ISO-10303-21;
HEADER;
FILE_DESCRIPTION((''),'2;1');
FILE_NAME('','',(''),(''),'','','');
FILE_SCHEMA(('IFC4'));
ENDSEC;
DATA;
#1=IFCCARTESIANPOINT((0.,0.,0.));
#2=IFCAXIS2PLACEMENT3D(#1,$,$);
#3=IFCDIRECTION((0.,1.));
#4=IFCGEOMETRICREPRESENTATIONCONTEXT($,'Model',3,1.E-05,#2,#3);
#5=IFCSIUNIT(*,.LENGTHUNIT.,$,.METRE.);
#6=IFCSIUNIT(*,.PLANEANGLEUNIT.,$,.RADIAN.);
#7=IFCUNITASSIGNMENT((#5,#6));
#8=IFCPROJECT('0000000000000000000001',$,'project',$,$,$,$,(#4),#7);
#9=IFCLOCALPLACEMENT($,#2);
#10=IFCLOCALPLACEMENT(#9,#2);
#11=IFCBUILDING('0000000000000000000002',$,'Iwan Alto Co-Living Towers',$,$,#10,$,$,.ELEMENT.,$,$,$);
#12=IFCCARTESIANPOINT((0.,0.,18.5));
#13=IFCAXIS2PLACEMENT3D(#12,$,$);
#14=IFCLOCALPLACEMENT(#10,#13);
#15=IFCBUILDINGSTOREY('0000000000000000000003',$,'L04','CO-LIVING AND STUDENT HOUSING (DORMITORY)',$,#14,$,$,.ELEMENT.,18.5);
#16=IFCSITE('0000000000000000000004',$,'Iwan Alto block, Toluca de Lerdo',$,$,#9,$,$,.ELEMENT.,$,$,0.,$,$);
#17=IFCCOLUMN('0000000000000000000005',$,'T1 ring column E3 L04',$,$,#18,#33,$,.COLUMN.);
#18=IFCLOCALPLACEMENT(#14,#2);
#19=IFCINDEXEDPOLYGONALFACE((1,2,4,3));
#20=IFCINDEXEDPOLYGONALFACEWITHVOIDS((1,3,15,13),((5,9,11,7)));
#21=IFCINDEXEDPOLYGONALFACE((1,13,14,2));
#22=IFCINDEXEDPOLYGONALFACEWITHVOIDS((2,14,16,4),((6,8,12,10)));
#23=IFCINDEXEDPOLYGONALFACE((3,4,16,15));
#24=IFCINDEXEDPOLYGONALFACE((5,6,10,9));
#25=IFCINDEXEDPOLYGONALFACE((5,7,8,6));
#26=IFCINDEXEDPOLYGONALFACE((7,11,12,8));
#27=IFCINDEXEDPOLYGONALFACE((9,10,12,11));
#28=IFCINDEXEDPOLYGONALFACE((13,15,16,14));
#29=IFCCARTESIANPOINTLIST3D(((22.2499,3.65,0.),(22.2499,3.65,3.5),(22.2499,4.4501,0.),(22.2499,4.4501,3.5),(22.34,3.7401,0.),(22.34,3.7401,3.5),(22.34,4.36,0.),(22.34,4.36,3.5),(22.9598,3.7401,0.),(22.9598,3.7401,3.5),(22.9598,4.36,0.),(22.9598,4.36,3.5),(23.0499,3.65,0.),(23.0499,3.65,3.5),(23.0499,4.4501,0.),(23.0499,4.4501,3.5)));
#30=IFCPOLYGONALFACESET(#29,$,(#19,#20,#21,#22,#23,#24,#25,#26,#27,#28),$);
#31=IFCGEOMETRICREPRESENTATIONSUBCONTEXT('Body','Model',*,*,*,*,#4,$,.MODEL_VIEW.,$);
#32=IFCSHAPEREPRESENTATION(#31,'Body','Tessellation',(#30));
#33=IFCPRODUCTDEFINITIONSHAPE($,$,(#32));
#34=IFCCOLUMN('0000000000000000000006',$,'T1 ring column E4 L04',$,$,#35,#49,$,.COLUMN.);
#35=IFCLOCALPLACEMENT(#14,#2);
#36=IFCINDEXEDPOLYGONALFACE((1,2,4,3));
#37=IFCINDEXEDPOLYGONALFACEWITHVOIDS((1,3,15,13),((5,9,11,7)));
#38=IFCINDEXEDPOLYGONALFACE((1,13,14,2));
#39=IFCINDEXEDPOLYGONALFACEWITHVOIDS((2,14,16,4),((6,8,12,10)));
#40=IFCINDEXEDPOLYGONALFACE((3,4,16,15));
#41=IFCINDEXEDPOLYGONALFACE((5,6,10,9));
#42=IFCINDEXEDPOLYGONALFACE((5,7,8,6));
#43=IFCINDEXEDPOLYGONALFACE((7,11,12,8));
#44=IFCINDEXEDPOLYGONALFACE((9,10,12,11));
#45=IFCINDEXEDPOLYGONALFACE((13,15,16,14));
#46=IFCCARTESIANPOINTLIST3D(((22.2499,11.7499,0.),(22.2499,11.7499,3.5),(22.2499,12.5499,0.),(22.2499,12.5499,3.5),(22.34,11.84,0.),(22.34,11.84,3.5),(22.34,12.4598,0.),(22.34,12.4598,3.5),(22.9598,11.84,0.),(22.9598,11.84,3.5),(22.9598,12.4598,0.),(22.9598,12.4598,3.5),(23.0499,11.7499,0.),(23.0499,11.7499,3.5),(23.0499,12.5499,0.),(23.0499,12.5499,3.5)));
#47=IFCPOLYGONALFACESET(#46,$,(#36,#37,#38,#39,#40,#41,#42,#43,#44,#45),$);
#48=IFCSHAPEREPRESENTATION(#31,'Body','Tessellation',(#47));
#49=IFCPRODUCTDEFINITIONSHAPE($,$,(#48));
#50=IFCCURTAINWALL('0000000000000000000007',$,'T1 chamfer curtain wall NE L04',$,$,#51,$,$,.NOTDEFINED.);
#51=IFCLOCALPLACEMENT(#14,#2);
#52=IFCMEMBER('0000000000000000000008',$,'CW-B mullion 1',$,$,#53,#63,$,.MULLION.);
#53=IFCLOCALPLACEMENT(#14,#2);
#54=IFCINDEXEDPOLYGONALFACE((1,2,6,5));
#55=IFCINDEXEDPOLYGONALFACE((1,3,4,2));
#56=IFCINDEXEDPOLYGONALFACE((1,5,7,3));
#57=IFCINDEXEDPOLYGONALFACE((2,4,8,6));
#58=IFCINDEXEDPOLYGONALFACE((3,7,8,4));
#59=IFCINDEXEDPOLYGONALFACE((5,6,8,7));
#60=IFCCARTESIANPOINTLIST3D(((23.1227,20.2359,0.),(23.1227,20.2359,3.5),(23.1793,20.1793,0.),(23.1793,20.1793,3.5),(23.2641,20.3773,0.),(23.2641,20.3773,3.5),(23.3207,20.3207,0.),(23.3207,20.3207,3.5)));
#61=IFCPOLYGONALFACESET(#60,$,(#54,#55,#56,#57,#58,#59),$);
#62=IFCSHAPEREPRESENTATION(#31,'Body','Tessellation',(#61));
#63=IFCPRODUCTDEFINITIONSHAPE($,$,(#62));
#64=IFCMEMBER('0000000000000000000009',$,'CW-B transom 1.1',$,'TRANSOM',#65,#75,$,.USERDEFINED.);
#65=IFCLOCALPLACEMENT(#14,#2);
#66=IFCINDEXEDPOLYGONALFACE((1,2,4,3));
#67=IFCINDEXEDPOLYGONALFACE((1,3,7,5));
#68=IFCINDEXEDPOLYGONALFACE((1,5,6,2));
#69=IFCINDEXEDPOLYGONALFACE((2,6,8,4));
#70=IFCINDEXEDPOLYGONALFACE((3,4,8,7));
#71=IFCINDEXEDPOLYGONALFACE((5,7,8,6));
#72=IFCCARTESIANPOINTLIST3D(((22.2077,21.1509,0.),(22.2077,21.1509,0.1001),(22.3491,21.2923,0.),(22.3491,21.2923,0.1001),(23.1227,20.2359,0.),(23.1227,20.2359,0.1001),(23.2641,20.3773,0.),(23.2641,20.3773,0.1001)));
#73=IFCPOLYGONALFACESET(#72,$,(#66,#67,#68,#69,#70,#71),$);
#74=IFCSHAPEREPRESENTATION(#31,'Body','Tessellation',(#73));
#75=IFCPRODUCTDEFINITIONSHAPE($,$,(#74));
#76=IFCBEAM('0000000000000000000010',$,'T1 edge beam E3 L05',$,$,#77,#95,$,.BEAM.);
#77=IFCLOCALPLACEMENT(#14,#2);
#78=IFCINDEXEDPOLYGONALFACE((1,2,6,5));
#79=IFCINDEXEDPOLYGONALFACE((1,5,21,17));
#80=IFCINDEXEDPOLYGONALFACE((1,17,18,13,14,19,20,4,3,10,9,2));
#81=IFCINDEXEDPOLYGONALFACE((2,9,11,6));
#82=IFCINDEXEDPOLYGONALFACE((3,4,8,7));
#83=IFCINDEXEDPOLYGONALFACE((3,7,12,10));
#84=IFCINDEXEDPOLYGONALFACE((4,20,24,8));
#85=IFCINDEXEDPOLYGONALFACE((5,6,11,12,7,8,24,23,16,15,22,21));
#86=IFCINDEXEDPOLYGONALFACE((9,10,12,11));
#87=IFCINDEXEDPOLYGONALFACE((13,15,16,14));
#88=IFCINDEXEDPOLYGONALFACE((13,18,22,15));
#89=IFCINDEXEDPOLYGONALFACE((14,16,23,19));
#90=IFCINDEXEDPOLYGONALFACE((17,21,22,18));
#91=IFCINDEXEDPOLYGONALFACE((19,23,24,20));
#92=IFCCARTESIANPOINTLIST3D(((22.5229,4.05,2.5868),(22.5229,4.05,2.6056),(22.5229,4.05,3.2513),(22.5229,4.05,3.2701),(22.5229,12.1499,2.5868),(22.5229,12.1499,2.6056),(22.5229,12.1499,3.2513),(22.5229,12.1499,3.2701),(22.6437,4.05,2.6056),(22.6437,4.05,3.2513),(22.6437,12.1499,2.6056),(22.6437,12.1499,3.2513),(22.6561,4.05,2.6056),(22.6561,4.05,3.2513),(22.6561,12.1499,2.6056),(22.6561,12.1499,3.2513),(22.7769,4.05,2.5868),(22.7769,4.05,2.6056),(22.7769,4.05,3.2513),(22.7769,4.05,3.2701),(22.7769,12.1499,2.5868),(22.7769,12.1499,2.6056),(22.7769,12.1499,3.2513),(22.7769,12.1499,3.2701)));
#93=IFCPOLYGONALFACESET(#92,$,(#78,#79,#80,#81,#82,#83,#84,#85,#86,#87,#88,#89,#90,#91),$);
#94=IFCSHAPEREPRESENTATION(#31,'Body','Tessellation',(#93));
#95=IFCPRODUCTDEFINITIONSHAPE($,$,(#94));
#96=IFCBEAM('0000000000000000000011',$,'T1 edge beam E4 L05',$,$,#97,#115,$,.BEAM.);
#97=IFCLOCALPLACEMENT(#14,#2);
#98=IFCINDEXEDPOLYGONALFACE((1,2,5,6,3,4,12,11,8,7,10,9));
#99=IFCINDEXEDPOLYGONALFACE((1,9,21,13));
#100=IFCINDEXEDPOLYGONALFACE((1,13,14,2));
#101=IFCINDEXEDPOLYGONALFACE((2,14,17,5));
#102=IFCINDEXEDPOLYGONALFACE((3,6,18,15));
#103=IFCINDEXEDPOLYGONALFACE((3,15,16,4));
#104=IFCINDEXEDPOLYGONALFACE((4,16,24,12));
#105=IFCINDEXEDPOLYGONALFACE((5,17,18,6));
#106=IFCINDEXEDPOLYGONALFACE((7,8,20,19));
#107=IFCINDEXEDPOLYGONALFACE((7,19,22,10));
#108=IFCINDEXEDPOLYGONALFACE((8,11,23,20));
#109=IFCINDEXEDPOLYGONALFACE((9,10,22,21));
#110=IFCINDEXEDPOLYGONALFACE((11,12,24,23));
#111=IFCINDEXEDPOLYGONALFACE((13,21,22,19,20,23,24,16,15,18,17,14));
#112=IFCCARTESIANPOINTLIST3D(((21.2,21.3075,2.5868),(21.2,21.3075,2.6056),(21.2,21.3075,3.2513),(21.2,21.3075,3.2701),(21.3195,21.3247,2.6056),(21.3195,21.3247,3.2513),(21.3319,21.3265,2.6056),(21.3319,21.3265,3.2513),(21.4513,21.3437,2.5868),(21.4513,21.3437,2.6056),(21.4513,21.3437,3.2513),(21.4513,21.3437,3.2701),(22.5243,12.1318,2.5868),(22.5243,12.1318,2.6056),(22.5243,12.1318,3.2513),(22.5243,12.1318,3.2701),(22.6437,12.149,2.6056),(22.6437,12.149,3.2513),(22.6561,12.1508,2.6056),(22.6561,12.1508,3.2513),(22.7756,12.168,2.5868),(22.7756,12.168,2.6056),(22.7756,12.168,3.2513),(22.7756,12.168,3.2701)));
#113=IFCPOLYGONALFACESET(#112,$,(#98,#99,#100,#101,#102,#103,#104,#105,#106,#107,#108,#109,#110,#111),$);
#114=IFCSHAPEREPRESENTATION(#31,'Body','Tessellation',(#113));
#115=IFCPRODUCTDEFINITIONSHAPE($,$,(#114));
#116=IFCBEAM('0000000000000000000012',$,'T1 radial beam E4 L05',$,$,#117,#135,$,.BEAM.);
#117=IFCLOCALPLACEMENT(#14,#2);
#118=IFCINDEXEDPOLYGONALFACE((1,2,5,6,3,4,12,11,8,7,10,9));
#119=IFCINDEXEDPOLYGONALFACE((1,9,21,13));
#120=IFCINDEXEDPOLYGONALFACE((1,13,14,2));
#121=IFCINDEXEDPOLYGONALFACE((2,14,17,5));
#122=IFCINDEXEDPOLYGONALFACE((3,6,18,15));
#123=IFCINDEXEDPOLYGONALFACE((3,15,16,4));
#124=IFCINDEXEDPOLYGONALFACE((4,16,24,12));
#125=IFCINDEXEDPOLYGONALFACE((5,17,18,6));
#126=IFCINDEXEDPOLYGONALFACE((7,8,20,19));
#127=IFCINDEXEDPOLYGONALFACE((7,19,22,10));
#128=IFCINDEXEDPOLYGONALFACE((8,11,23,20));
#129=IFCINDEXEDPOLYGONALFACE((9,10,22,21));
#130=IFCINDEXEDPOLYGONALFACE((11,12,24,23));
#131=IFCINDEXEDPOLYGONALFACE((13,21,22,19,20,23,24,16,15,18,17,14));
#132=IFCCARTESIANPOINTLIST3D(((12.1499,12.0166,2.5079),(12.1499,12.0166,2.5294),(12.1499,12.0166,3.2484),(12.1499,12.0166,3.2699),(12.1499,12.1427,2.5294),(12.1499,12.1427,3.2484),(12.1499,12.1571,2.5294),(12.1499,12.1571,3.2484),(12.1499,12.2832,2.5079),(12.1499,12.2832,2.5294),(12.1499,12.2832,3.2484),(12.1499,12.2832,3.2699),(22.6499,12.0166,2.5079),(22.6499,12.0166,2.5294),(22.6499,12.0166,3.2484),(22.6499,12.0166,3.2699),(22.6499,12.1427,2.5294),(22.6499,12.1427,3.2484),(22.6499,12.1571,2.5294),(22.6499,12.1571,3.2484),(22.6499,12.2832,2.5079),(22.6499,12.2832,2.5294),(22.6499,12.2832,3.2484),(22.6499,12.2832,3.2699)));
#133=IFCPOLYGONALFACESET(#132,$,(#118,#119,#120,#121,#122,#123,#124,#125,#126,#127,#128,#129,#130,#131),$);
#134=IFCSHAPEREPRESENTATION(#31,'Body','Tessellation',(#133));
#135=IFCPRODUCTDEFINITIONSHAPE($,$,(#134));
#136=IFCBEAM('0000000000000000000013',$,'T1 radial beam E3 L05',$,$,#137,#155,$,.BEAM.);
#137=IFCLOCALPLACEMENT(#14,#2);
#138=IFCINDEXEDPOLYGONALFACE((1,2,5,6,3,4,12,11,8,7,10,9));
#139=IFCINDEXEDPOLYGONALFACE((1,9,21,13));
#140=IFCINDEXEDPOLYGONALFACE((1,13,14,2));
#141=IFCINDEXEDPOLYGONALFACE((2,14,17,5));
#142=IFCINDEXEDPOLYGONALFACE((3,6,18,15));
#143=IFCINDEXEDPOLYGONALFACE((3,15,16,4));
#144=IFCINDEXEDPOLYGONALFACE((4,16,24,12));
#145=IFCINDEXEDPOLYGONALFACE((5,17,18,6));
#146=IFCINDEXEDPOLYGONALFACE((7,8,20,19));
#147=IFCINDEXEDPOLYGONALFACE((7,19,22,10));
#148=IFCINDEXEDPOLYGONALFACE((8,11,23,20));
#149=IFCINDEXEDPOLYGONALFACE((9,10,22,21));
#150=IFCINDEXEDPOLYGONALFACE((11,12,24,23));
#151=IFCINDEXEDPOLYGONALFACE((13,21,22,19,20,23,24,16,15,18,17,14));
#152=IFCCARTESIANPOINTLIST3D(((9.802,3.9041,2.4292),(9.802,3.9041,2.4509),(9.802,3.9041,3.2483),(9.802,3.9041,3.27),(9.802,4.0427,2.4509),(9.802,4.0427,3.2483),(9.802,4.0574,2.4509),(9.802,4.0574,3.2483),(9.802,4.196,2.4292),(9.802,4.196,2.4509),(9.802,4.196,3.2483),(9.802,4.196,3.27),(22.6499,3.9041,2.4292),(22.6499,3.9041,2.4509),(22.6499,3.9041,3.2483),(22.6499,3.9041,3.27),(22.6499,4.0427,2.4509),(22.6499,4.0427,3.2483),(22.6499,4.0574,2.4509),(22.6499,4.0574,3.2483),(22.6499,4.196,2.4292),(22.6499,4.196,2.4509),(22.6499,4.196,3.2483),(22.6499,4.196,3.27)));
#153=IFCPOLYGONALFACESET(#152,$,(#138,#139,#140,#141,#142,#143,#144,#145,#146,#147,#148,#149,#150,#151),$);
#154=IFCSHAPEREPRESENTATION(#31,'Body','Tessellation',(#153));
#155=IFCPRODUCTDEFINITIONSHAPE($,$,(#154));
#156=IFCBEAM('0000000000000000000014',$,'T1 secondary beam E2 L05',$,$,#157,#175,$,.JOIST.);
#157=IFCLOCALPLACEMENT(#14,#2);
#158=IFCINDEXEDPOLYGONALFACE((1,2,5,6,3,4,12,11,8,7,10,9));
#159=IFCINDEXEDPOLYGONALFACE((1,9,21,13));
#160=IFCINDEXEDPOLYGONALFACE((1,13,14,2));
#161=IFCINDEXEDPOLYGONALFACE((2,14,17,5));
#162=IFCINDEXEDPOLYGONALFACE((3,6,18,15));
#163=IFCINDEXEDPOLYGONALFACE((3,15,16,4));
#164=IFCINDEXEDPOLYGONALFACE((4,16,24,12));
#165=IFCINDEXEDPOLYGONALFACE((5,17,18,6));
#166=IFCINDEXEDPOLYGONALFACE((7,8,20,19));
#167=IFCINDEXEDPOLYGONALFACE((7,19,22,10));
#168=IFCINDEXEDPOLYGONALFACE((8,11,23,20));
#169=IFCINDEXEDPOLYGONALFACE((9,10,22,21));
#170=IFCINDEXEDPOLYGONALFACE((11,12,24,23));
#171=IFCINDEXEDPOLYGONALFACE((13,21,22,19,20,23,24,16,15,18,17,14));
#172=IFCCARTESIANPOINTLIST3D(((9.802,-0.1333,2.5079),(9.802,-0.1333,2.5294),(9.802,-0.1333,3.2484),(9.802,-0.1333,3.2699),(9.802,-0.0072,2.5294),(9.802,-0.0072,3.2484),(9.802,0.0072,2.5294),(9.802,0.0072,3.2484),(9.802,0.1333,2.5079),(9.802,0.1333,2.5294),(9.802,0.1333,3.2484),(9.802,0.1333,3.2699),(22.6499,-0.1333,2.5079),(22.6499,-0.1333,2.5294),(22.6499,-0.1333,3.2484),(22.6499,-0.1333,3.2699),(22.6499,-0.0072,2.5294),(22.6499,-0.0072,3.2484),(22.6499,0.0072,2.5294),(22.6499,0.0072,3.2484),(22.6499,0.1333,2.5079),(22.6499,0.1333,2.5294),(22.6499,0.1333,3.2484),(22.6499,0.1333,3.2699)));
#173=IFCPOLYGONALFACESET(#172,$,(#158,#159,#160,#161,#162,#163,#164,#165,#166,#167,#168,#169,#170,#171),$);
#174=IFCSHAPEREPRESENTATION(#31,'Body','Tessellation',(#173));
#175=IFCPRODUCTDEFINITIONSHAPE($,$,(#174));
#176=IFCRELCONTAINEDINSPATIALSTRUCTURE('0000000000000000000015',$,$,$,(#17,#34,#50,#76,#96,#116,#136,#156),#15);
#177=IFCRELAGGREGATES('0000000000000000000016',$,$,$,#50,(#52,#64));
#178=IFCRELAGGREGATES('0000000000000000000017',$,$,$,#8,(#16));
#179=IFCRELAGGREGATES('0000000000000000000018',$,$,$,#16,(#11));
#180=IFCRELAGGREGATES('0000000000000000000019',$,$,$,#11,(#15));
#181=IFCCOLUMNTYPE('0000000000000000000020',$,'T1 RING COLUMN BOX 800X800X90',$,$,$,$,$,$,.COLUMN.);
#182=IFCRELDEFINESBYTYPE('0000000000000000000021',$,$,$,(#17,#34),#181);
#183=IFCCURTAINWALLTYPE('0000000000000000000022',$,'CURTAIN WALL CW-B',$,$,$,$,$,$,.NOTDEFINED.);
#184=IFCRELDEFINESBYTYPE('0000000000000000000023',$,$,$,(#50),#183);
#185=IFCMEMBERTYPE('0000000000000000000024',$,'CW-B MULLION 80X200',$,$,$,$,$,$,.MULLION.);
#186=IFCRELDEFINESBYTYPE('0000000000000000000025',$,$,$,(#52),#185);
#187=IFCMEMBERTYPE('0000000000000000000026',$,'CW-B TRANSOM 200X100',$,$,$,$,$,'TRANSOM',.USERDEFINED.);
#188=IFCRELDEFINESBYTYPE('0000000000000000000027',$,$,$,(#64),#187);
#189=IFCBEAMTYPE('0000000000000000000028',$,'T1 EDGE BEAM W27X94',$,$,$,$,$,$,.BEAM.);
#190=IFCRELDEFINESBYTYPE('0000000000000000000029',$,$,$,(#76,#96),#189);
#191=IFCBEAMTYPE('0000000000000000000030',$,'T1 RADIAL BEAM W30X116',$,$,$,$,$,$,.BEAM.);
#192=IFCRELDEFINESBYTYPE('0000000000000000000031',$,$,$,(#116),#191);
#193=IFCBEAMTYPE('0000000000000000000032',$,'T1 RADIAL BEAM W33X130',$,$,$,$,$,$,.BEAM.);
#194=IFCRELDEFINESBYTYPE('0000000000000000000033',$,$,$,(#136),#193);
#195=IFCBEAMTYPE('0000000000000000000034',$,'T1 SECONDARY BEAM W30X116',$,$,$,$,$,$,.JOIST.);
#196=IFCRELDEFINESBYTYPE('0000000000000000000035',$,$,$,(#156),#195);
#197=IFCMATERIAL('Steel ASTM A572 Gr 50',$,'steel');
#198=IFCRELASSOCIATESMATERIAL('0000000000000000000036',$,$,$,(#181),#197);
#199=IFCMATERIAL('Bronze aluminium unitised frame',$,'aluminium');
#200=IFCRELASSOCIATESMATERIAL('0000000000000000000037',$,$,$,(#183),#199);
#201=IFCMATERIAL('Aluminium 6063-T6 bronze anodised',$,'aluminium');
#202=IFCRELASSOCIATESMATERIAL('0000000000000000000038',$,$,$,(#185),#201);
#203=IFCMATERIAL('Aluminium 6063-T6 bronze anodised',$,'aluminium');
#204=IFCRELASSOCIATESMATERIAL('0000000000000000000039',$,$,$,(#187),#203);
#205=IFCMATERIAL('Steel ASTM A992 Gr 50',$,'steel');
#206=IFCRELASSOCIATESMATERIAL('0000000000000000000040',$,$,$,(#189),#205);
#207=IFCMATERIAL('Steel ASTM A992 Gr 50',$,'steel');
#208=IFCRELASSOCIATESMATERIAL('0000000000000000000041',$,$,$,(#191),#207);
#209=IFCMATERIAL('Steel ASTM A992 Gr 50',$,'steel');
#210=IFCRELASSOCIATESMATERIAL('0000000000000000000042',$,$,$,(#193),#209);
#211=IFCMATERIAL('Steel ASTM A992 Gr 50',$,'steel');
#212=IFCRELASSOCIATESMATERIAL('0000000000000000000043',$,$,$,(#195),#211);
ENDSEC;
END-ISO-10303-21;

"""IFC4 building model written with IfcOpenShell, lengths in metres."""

from ifc_helpers import new_model, si_unit, direction, frame, origin, origin_2d, place, context, subcontext, project, spatial, rectangle, hollow_rectangle, i_section, extrude, material, material_profile, profile_set, type_object, element, aggregate, save


model = new_model("IFC4")

# Units and contexts
model_context = context("Model", 3, precision=1e-05, world=origin(), true_north=direction((0.0, 1.0)))
body_context = subcontext(model_context, "Body", "Model", "MODEL_VIEW")
ifc_project = project(units=[si_unit("LENGTHUNIT", "METRE"), si_unit("PLANEANGLEUNIT", "RADIAN")], contexts=[model_context])

# Site, building, storey
site_placement = place(None, origin())
site = spatial("IfcSite", under=ifc_project, at=site_placement, Name="Iwan Alto block, Toluca de Lerdo", CompositionType="ELEMENT", RefElevation=0.0)
building_placement = place(site_placement, origin())
building = spatial("IfcBuilding", under=site, at=building_placement, Name="Iwan Alto Co-Living Towers", CompositionType="ELEMENT")
storey_placement = place(building_placement, frame((0.0, 0.0, 18.5)))
storey = spatial("IfcBuildingStorey", under=building, at=storey_placement, Name="L04", Description="CO-LIVING AND STUDENT HOUSING (DORMITORY)", CompositionType="ELEMENT", Elevation=18.5)

# Columns
ifc_material_1 = material(Name="Steel ASTM A572 Gr 50", Category="steel")
ifc_material_profile_1 = material_profile(ifc_material_1, hollow_rectangle(XDim=0.8, YDim=0.8, WallThickness=0.0901, at=origin_2d()), Name="BOX 800X800X90")
ifc_profile_set_1 = profile_set([ifc_material_profile_1], Name="Steel ASTM A572 Gr 50")
column_type = type_object("IfcColumnType", Name="T1 RING COLUMN BOX 800X800X90", PredefinedType="COLUMN", material=ifc_profile_set_1)
for number, where, z_axis, x_axis, name in (
    (1, (22.6499, 4.05, 0.0), (0.0, 0.0, 1.0), (1.0, 0.0, 0.0), "T1 ring column E3 L04"),
    (2, (22.6499, 12.1499, 0.0), (0.0, 0.0, 1.0), (1.0, 0.0, 0.0), "T1 ring column E4 L04"),
):
    element("IfcColumn", number, at=place(storey_placement, frame(where, z_axis=z_axis, x_axis=x_axis)), inside=storey, type_object=column_type, Name=name, PredefinedType="COLUMN", context=body_context, shape_type="SweptSolid", body=[
        extrude(hollow_rectangle(XDim=0.8, YDim=0.8, WallThickness=0.0901, at=origin_2d()), origin(), (0.0, 0.0, 1.0), 3.5),
    ])

# Curtain wall, members
ifc_material_2 = material(Name="Bronze aluminium unitised frame", Category="aluminium")
curtain_wall_type = type_object("IfcCurtainWallType", Name="CURTAIN WALL CW-B", PredefinedType="NOTDEFINED", material=ifc_material_2)
curtain_wall_placement = place(storey_placement, origin())
curtain_wall = element("IfcCurtainWall", 3, at=curtain_wall_placement, inside=storey, type_object=curtain_wall_type, Name="T1 chamfer curtain wall NE L04", PredefinedType="NOTDEFINED")
ifc_material_3 = material(Name="Aluminium 6063-T6 bronze anodised", Category="aluminium")
ifc_material_profile_2 = material_profile(ifc_material_3, rectangle(XDim=0.2, YDim=0.0801, at=origin_2d()), Name="AL 80X200")
ifc_profile_set_2 = profile_set([ifc_material_profile_2], Name="Aluminium 6063-T6 bronze anodised")
member_type_1 = type_object("IfcMemberType", Name="CW-B MULLION 80X200", PredefinedType="MULLION", material=ifc_profile_set_2)
member_1_placement = place(storey_placement, frame((23.2217, 20.2783, 0.0), z_axis=(0.0, 0.0, 1.0), x_axis=(-0.707107, -0.707107, 0.0)))
member_1 = element("IfcMember", 4, at=member_1_placement, type_object=member_type_1, Name="CW-B mullion 1", PredefinedType="MULLION", context=body_context, shape_type="SweptSolid", body=[
    extrude(rectangle(XDim=0.2, YDim=0.0801, at=origin_2d()), origin(), (0.0, 0.0, 1.0), 3.5),
])
ifc_material_4 = material(Name="Aluminium 6063-T6 bronze anodised", Category="aluminium")
ifc_material_profile_3 = material_profile(ifc_material_4, rectangle(XDim=0.2, YDim=0.1001, at=origin_2d()), Name="AL 200X100")
ifc_profile_set_3 = profile_set([ifc_material_profile_3], Name="Aluminium 6063-T6 bronze anodised")
member_type_2 = type_object("IfcMemberType", Name="CW-B TRANSOM 200X100", ElementType="TRANSOM", PredefinedType="USERDEFINED", material=ifc_profile_set_3)
member_2_placement = place(storey_placement, frame((23.1934, 20.3066, 0.05), z_axis=(-0.707107, 0.707107, 0.0), x_axis=(-0.707107, -0.707107, 0.0)))
member_2 = element("IfcMember", 5, at=member_2_placement, type_object=member_type_2, Name="CW-B transom 1.1", ObjectType="TRANSOM", PredefinedType="USERDEFINED", context=body_context, shape_type="SweptSolid", body=[
    extrude(rectangle(XDim=0.2, YDim=0.1001, at=origin_2d()), origin(), (0.0, 0.0, 1.0), 1.2939),
])
aggregate(curtain_wall, [member_1, member_2])

# Beams
ifc_material_5 = material(Name="Steel ASTM A992 Gr 50", Category="steel")
ifc_material_profile_4 = material_profile(ifc_material_5, i_section(OverallWidth=0.2539, OverallDepth=0.6833, WebThickness=0.0125, FlangeThickness=0.0188, at=origin_2d()), Name="W27X94")
ifc_profile_set_4 = profile_set([ifc_material_profile_4], Name="Steel ASTM A992 Gr 50")
beam_type_1 = type_object("IfcBeamType", Name="T1 EDGE BEAM W27X94", PredefinedType="BEAM", material=ifc_profile_set_4)
beam_1_placement = place(storey_placement, frame((22.6499, 4.05, 2.9285), z_axis=(0.0, 1.0, 0.0), x_axis=(-1.0, 0.0, 0.0)))
element("IfcBeam", 6, at=beam_1_placement, inside=storey, type_object=beam_type_1, Name="T1 edge beam E3 L05", PredefinedType="BEAM", context=body_context, shape_type="SweptSolid", body=[
    extrude(i_section(OverallWidth=0.2539, OverallDepth=0.6833, WebThickness=0.0125, FlangeThickness=0.0188, at=origin_2d()), origin(), (0.0, 0.0, 1.0), 8.0999),
])
beam_2_placement = place(storey_placement, frame((22.6499, 12.1499, 2.9285), z_axis=(-0.142837, 0.989746, 0.0), x_axis=(-0.989746, -0.142837, 0.0)))
element("IfcBeam", 7, at=beam_2_placement, inside=storey, type_object=beam_type_1, Name="T1 edge beam E4 L05", PredefinedType="BEAM", context=body_context, shape_type="SweptSolid", body=[
    extrude(i_section(OverallWidth=0.2539, OverallDepth=0.6833, WebThickness=0.0125, FlangeThickness=0.0188, at=origin_2d()), origin(), (0.0, 0.0, 1.0), 9.2708),
])
ifc_material_6 = material(Name="Steel ASTM A992 Gr 50", Category="steel")
ifc_material_profile_5 = material_profile(ifc_material_6, i_section(OverallWidth=0.2666, OverallDepth=0.762, WebThickness=0.0144, FlangeThickness=0.0215, at=origin_2d()), Name="W30X116")
ifc_profile_set_5 = profile_set([ifc_material_profile_5], Name="Steel ASTM A992 Gr 50")
beam_type_2 = type_object("IfcBeamType", Name="T1 RADIAL BEAM W30X116", PredefinedType="BEAM", material=ifc_profile_set_5)
beam_3_placement = place(storey_placement, frame((22.6499, 12.1499, 2.8889), z_axis=(-1.0, 0.0, 0.0), x_axis=(0.0, -1.0, 0.0)))
element("IfcBeam", 8, at=beam_3_placement, inside=storey, type_object=beam_type_2, Name="T1 radial beam E4 L05", PredefinedType="BEAM", context=body_context, shape_type="SweptSolid", body=[
    extrude(i_section(OverallWidth=0.2666, OverallDepth=0.762, WebThickness=0.0144, FlangeThickness=0.0215, at=origin_2d()), origin(), (0.0, 0.0, 1.0), 10.5),
])
ifc_material_7 = material(Name="Steel ASTM A992 Gr 50", Category="steel")
ifc_material_profile_6 = material_profile(ifc_material_7, i_section(OverallWidth=0.292, OverallDepth=0.8408, WebThickness=0.0146, FlangeThickness=0.0217, at=origin_2d()), Name="W33X130")
ifc_profile_set_6 = profile_set([ifc_material_profile_6], Name="Steel ASTM A992 Gr 50")
beam_type_3 = type_object("IfcBeamType", Name="T1 RADIAL BEAM W33X130", PredefinedType="BEAM", material=ifc_profile_set_6)
beam_4_placement = place(storey_placement, frame((22.6499, 4.05, 2.8496), z_axis=(-1.0, 0.0, 0.0), x_axis=(0.0, -1.0, 0.0)))
element("IfcBeam", 9, at=beam_4_placement, inside=storey, type_object=beam_type_3, Name="T1 radial beam E3 L05", PredefinedType="BEAM", context=body_context, shape_type="SweptSolid", body=[
    extrude(i_section(OverallWidth=0.292, OverallDepth=0.8408, WebThickness=0.0146, FlangeThickness=0.0217, at=origin_2d()), origin(), (0.0, 0.0, 1.0), 12.8479),
])
ifc_material_8 = material(Name="Steel ASTM A992 Gr 50", Category="steel")
ifc_material_profile_7 = material_profile(ifc_material_8, i_section(OverallWidth=0.2666, OverallDepth=0.762, WebThickness=0.0144, FlangeThickness=0.0215, at=origin_2d()), Name="W30X116")
ifc_profile_set_7 = profile_set([ifc_material_profile_7], Name="Steel ASTM A992 Gr 50")
beam_type_4 = type_object("IfcBeamType", Name="T1 SECONDARY BEAM W30X116", PredefinedType="JOIST", material=ifc_profile_set_7)
for number, where, z_axis, x_axis, name in (
    (10, (22.6499, 0.0, 2.8889), (-1.0, 0.0, 0.0), (0.0, -1.0, 0.0), "T1 secondary beam E2 L05"),
):
    element("IfcBeam", number, at=place(storey_placement, frame(where, z_axis=z_axis, x_axis=x_axis)), inside=storey, type_object=beam_type_4, Name=name, PredefinedType="JOIST", context=body_context, shape_type="SweptSolid", body=[
        extrude(i_section(OverallWidth=0.2666, OverallDepth=0.762, WebThickness=0.0144, FlangeThickness=0.0215, at=origin_2d()), origin(), (0.0, 0.0, 1.0), 12.8479),
    ])

save(model, "model.ifc")
